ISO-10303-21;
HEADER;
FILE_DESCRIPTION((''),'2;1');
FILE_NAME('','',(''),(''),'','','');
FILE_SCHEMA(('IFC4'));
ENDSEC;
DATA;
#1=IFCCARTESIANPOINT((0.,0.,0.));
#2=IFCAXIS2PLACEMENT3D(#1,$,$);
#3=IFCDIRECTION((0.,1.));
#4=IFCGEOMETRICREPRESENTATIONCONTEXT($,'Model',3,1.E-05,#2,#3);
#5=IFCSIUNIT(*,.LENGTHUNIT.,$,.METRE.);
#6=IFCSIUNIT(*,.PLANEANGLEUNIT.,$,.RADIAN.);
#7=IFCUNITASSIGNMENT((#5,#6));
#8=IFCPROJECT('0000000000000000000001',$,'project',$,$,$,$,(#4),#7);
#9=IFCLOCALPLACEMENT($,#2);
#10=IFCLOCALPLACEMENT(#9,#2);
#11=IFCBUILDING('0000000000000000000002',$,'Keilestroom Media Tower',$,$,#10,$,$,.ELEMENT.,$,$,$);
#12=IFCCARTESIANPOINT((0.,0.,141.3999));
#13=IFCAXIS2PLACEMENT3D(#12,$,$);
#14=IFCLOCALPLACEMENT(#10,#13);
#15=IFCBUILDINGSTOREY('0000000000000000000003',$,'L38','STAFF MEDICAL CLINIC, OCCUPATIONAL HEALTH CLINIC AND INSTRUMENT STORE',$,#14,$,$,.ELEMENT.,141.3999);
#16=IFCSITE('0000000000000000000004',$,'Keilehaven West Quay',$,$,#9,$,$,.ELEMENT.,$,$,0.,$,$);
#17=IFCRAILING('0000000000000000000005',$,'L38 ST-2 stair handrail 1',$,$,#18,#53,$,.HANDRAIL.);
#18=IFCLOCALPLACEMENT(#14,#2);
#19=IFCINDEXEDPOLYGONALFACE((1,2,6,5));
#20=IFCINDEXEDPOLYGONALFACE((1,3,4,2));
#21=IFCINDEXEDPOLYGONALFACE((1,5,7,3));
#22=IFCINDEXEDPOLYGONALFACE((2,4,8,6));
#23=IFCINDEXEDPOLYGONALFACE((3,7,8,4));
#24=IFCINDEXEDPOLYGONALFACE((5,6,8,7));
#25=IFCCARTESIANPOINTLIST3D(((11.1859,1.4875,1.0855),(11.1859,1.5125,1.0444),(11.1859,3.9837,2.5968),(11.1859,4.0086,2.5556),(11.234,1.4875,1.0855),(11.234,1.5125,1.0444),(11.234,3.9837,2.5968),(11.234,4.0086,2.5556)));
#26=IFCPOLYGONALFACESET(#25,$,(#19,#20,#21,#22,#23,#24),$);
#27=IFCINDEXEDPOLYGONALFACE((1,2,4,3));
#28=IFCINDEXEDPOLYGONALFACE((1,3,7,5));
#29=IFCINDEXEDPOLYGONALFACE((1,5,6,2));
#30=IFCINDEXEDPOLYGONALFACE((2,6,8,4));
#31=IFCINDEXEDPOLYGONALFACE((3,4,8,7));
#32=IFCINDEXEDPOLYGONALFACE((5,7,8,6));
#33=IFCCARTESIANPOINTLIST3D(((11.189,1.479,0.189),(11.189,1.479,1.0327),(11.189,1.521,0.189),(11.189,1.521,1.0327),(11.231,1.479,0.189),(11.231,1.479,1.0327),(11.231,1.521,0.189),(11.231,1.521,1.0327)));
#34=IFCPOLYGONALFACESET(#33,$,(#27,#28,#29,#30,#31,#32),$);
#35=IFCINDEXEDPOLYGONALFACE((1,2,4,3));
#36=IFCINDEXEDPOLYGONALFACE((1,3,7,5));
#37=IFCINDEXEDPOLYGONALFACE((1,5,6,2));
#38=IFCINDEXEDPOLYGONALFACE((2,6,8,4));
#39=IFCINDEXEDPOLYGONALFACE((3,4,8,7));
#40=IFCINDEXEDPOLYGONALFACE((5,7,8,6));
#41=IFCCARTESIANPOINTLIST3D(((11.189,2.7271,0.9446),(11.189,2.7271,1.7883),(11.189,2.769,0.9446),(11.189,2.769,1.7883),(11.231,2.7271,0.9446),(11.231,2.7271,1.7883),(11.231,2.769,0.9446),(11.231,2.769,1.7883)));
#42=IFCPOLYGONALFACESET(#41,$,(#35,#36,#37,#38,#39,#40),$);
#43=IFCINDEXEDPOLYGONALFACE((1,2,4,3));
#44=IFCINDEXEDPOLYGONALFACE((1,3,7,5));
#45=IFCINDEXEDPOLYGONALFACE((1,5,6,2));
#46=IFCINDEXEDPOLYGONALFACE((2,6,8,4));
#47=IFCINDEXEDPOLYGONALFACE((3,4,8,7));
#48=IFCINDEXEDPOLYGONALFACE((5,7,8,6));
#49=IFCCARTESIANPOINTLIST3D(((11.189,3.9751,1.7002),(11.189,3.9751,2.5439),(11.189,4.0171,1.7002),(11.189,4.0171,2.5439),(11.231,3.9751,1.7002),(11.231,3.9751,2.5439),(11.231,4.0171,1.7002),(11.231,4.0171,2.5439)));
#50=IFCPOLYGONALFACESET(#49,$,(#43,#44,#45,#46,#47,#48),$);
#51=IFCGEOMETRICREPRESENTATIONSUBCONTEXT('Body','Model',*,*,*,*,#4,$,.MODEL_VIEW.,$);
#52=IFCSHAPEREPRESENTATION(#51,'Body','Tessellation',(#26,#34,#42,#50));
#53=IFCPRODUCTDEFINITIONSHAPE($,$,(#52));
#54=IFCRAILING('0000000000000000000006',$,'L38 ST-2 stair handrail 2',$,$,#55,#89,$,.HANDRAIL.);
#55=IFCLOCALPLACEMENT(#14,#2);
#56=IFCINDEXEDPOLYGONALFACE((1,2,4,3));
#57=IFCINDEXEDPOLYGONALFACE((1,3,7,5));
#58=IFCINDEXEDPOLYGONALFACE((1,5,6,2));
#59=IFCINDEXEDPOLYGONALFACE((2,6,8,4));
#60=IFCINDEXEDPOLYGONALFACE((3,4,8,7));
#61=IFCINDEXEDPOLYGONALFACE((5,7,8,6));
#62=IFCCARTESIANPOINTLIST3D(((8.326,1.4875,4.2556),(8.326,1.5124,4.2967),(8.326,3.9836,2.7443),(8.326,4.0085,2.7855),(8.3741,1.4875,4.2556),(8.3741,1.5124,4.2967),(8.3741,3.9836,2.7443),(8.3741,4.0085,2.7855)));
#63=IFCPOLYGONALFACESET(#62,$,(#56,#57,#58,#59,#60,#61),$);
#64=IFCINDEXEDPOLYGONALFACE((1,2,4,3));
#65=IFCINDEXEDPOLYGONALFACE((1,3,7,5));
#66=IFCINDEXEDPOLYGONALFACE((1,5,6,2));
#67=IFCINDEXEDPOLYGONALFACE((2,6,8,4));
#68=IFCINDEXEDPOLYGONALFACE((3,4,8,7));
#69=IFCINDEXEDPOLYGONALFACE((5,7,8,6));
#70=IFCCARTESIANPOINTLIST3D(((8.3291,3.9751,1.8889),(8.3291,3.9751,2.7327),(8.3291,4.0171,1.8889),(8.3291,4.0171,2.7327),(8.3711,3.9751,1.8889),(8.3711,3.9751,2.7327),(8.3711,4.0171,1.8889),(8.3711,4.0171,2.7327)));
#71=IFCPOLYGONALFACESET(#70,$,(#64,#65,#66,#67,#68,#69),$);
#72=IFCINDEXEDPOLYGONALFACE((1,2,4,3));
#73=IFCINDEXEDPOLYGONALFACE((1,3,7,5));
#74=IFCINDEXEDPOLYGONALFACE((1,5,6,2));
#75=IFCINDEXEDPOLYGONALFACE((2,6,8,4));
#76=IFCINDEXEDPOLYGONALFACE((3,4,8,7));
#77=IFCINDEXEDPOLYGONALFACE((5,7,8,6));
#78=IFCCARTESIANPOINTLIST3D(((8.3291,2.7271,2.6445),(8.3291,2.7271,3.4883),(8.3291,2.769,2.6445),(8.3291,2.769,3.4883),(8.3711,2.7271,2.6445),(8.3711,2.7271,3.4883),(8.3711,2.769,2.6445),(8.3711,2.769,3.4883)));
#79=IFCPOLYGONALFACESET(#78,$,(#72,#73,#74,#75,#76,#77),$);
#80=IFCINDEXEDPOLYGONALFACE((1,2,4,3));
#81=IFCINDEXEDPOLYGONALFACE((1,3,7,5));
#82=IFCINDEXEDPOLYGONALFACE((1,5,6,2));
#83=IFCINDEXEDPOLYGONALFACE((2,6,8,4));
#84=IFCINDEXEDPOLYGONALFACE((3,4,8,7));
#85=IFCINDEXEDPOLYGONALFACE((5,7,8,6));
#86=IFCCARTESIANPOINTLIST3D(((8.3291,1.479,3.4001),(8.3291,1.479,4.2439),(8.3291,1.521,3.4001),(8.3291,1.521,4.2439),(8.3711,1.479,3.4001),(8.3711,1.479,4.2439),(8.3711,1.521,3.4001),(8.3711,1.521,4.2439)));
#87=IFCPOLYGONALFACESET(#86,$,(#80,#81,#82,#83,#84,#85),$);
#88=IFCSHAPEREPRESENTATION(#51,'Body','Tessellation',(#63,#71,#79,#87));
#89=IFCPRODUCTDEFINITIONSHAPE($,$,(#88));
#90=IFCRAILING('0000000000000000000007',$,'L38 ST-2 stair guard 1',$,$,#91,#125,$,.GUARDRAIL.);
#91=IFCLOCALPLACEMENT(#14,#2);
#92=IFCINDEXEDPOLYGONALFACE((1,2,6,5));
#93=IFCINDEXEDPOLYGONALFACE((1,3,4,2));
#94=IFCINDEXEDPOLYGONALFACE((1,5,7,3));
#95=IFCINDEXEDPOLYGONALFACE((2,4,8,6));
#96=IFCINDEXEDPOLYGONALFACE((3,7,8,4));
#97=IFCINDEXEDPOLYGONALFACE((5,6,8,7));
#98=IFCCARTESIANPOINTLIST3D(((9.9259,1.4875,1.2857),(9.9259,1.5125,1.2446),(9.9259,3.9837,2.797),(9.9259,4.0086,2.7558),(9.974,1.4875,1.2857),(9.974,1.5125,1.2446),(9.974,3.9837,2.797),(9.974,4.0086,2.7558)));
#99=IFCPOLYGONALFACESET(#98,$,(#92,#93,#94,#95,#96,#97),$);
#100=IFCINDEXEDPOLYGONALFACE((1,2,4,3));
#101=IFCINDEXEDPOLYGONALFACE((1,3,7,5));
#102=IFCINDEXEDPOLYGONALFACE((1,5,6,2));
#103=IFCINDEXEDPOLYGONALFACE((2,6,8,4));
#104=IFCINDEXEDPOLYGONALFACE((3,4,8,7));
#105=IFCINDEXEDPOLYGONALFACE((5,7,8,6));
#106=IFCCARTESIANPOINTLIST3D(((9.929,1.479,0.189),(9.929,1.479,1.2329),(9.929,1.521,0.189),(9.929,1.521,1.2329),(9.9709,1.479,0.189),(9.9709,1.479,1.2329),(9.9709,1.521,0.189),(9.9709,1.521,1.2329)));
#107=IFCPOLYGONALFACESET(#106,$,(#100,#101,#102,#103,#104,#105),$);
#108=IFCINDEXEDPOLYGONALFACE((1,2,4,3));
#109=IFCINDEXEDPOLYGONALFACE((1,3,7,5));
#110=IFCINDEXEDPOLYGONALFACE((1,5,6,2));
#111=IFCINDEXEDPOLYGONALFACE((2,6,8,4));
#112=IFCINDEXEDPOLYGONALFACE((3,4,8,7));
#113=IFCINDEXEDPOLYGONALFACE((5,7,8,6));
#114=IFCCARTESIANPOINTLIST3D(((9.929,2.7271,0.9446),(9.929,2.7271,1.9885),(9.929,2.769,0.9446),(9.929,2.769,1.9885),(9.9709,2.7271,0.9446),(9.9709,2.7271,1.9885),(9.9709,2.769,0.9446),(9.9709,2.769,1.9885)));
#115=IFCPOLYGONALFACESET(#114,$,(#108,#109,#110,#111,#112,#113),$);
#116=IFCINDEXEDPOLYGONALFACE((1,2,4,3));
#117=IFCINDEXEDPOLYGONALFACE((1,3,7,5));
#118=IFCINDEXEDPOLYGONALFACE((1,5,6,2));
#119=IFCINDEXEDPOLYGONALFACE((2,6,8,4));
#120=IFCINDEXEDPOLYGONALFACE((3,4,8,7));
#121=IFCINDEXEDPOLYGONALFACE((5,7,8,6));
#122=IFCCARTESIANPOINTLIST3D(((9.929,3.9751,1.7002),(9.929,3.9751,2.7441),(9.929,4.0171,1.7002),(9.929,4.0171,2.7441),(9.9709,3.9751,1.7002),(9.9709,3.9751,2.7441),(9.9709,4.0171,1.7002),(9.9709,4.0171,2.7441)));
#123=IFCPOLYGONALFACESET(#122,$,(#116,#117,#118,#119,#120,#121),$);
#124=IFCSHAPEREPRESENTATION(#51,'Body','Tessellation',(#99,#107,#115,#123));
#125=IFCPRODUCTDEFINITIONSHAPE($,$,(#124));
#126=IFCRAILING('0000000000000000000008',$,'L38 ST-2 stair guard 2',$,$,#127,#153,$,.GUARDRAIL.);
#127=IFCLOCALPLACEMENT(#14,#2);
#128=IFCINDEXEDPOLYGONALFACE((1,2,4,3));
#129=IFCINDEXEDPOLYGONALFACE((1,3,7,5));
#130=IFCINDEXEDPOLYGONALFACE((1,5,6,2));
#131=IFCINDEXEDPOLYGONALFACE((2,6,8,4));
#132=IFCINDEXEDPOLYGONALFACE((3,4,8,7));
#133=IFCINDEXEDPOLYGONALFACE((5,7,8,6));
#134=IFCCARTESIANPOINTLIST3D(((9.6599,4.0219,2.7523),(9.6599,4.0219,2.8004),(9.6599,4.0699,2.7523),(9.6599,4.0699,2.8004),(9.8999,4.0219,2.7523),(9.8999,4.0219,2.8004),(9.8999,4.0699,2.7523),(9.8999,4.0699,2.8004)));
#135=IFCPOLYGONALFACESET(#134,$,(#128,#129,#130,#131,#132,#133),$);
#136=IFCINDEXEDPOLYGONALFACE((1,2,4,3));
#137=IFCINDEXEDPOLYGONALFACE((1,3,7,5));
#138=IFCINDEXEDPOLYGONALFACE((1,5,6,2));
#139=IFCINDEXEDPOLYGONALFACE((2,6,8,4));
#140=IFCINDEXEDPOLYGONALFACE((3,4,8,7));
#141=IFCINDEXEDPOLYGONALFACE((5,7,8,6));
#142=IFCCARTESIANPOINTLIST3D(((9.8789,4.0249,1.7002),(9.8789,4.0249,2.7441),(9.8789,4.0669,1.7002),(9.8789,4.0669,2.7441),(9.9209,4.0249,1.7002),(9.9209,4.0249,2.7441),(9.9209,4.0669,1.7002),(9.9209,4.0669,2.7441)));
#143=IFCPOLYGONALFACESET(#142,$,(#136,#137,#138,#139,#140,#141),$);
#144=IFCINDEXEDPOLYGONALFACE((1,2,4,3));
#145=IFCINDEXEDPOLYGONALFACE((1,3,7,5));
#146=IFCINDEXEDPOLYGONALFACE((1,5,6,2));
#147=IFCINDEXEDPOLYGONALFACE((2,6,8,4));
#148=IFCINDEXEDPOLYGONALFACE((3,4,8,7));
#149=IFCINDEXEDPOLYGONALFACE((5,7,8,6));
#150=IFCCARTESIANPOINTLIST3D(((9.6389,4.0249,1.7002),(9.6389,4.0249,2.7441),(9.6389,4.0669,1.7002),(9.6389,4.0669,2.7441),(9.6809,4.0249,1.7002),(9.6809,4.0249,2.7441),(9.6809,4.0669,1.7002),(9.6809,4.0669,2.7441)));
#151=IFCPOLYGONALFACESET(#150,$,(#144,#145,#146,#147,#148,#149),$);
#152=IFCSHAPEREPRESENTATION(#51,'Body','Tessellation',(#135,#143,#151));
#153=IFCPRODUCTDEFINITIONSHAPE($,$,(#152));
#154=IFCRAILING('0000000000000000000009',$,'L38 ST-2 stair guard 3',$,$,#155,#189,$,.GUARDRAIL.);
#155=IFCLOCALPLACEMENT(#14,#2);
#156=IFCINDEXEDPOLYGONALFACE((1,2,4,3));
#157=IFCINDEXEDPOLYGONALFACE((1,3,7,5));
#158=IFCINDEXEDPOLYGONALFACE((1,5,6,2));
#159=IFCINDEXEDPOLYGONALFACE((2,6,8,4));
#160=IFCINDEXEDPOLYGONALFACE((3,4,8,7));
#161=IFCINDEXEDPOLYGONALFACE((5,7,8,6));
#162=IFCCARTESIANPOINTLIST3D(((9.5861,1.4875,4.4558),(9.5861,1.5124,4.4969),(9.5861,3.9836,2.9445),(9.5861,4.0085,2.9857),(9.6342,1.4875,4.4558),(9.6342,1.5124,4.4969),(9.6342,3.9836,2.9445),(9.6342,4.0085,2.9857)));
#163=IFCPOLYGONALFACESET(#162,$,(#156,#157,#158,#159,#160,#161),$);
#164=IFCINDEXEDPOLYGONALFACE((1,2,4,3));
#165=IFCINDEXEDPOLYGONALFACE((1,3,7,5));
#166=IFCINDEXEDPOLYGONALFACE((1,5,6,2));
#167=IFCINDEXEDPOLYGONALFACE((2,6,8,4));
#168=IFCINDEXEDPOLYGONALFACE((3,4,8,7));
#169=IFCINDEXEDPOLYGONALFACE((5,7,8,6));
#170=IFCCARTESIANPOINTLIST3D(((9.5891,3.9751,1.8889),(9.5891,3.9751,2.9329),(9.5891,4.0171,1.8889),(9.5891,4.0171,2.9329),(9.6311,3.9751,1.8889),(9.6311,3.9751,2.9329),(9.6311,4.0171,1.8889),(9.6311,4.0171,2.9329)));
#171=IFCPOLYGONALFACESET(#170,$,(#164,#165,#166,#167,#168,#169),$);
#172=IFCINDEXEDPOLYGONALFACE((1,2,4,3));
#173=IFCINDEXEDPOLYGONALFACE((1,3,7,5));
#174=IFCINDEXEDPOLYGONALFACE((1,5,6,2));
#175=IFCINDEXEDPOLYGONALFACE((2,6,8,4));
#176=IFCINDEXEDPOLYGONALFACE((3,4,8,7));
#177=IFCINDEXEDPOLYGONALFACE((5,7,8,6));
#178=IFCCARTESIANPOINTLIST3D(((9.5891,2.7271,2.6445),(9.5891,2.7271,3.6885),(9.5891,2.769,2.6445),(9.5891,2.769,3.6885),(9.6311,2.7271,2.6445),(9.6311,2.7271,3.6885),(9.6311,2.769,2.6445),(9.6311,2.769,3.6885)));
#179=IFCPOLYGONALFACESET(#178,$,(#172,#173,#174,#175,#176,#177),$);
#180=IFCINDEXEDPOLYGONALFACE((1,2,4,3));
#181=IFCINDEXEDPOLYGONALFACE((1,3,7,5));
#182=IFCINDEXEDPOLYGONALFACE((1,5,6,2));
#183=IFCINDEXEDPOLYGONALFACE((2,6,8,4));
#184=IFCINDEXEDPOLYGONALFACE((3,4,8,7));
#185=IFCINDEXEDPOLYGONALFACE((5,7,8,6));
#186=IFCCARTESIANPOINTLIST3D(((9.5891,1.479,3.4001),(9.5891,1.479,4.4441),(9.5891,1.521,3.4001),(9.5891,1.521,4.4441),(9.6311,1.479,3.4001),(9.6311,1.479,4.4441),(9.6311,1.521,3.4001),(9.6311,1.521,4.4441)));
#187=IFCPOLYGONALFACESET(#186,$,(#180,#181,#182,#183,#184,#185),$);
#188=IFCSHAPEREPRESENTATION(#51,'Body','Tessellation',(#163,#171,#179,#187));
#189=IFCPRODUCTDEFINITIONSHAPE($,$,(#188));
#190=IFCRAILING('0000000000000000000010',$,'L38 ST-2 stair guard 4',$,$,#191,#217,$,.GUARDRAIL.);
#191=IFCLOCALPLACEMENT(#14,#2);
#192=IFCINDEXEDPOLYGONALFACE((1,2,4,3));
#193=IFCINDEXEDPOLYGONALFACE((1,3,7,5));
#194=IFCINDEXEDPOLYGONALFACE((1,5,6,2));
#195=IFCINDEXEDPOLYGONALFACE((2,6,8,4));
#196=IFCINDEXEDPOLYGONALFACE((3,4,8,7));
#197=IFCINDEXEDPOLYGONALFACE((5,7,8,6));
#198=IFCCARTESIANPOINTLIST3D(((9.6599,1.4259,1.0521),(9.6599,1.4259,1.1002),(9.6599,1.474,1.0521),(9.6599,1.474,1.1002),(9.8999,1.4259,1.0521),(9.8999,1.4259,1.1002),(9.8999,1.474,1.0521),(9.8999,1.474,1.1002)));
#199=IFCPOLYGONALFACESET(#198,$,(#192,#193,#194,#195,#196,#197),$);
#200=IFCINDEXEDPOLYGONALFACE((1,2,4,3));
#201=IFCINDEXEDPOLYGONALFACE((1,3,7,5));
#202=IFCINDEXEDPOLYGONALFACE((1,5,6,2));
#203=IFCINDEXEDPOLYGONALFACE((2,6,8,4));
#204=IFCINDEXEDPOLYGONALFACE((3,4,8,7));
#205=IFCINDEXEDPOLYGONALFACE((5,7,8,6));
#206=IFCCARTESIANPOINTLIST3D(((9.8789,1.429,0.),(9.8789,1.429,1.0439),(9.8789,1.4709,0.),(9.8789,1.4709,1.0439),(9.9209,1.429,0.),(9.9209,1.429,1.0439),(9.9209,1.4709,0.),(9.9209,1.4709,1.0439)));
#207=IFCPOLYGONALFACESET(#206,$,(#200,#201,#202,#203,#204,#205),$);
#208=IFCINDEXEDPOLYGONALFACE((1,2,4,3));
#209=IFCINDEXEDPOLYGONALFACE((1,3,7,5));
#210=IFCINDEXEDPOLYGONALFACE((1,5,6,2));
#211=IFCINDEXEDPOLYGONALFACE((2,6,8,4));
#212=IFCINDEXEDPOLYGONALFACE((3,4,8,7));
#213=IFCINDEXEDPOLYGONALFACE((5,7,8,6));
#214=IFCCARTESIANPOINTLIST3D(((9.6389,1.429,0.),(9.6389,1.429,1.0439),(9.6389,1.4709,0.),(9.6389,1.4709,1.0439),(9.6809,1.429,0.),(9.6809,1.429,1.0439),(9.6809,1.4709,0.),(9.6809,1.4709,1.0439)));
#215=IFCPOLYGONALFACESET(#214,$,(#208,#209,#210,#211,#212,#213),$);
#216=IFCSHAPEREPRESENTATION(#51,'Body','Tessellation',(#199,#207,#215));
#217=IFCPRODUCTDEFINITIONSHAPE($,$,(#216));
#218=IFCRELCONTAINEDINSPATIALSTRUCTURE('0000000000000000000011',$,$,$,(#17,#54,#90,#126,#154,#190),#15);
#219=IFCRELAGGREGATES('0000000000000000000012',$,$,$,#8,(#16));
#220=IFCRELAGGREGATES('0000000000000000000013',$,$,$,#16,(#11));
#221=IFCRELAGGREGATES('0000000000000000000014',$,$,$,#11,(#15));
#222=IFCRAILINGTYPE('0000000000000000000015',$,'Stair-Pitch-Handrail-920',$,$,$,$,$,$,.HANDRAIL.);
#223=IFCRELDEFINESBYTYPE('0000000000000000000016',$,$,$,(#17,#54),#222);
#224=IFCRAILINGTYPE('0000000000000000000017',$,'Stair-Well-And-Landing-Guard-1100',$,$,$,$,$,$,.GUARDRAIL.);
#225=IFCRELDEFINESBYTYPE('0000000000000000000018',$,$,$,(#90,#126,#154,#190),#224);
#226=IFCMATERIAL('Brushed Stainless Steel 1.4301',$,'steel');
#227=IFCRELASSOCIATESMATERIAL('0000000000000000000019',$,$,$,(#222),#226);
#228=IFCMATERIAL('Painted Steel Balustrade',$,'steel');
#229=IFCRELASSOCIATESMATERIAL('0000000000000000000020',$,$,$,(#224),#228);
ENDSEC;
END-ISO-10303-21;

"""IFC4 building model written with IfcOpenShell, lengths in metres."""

from ifc_helpers import new_model, si_unit, direction, frame, origin, origin_2d, place, context, subcontext, project, spatial, rectangle, extrude, material, type_object, element, save


model = new_model("IFC4")

# Units and contexts
model_context = context("Model", 3, precision=1e-05, world=origin(), true_north=direction((0.0, 1.0)))
body_context = subcontext(model_context, "Body", "Model", "MODEL_VIEW")
ifc_project = project(units=[si_unit("LENGTHUNIT", "METRE"), si_unit("PLANEANGLEUNIT", "RADIAN")], contexts=[model_context])

# Site, building, storey
site_placement = place(None, origin())
site = spatial("IfcSite", under=ifc_project, at=site_placement, Name="Keilehaven West Quay", CompositionType="ELEMENT", RefElevation=0.0)
building_placement = place(site_placement, origin())
building = spatial("IfcBuilding", under=site, at=building_placement, Name="Keilestroom Media Tower", CompositionType="ELEMENT")
storey_placement = place(building_placement, frame((0.0, 0.0, 141.3999)))
storey = spatial("IfcBuildingStorey", under=building, at=storey_placement, Name="L38", Description="STAFF MEDICAL CLINIC, OCCUPATIONAL HEALTH CLINIC AND INSTRUMENT STORE", CompositionType="ELEMENT", Elevation=141.3999)

# Railings
ifc_material_1 = material(Name="Brushed Stainless Steel 1.4301", Category="steel")
railing_type_1 = type_object("IfcRailingType", Name="Stair-Pitch-Handrail-920", PredefinedType="HANDRAIL", material=ifc_material_1)
railing_1_placement = place(storey_placement, frame((11.21, 1.5, 0.189)))
element("IfcRailing", 1, at=railing_1_placement, inside=storey, type_object=railing_type_1, Name="L38 ST-2 stair handrail 1", PredefinedType="HANDRAIL", context=body_context, shape_type="SweptSolid", body=[
    extrude(rectangle(XDim=0.0481, YDim=0.0481, at=origin_2d()), frame((0.0, 0.0, 0.876), z_axis=(0.0, 0.855434, 0.517912), x_axis=(-1.0, 0.0, 0.0)), (0.0, 0.0, 1.0), 2.918),
    extrude(rectangle(XDim=0.042, YDim=0.042, at=origin_2d()), origin(), (0.0, 0.0, 1.0), 0.8438),
    extrude(rectangle(XDim=0.042, YDim=0.042, at=origin_2d()), frame((0.0, 1.248, 0.7556)), (0.0, 0.0, 1.0), 0.8438),
    extrude(rectangle(XDim=0.042, YDim=0.042, at=origin_2d()), frame((0.0, 2.4961, 1.5112)), (0.0, 0.0, 1.0), 0.8438),
])
railing_2_placement = place(storey_placement, frame((8.3501, 3.9961, 1.8889)))
element("IfcRailing", 2, at=railing_2_placement, inside=storey, type_object=railing_type_1, Name="L38 ST-2 stair handrail 2", PredefinedType="HANDRAIL", context=body_context, shape_type="SweptSolid", body=[
    extrude(rectangle(XDim=0.0481, YDim=0.0481, at=origin_2d()), frame((0.0, 0.0, 0.876), z_axis=(0.0, -0.855434, 0.517912), x_axis=(1.0, 0.0, 0.0)), (0.0, 0.0, 1.0), 2.918),
    extrude(rectangle(XDim=0.042, YDim=0.042, at=origin_2d()), origin(), (0.0, 0.0, 1.0), 0.8438),
    extrude(rectangle(XDim=0.042, YDim=0.042, at=origin_2d()), frame((0.0, -1.248, 0.7556)), (0.0, 0.0, 1.0), 0.8438),
    extrude(rectangle(XDim=0.042, YDim=0.042, at=origin_2d()), frame((0.0, -2.4961, 1.5112)), (0.0, 0.0, 1.0), 0.8438),
])
ifc_material_2 = material(Name="Painted Steel Balustrade", Category="steel")
railing_type_2 = type_object("IfcRailingType", Name="Stair-Well-And-Landing-Guard-1100", PredefinedType="GUARDRAIL", material=ifc_material_2)
railing_3_placement = place(storey_placement, frame((9.95, 1.5, 0.189)))
element("IfcRailing", 3, at=railing_3_placement, inside=storey, type_object=railing_type_2, Name="L38 ST-2 stair guard 1", PredefinedType="GUARDRAIL", context=body_context, shape_type="SweptSolid", body=[
    extrude(rectangle(XDim=0.0481, YDim=0.0481, at=origin_2d()), frame((0.0, 0.0, 1.0762), z_axis=(0.0, 0.855434, 0.517912), x_axis=(-1.0, 0.0, 0.0)), (0.0, 0.0, 1.0), 2.918),
    extrude(rectangle(XDim=0.042, YDim=0.042, at=origin_2d()), origin(), (0.0, 0.0, 1.0), 1.0439),
    extrude(rectangle(XDim=0.042, YDim=0.042, at=origin_2d()), frame((0.0, 1.248, 0.7556)), (0.0, 0.0, 1.0), 1.0439),
    extrude(rectangle(XDim=0.042, YDim=0.042, at=origin_2d()), frame((0.0, 2.4961, 1.5112)), (0.0, 0.0, 1.0), 1.0439),
])
railing_4_placement = place(storey_placement, frame((9.8999, 4.0459, 1.7002)))
element("IfcRailing", 4, at=railing_4_placement, inside=storey, type_object=railing_type_2, Name="L38 ST-2 stair guard 2", PredefinedType="GUARDRAIL", context=body_context, shape_type="SweptSolid", body=[
    extrude(rectangle(XDim=0.0481, YDim=0.0481, at=origin_2d()), frame((0.0, 0.0, 1.0762), z_axis=(-1.0, 0.0, 0.0), x_axis=(0.0, -1.0, 0.0)), (0.0, 0.0, 1.0), 0.24),
    extrude(rectangle(XDim=0.042, YDim=0.042, at=origin_2d()), origin(), (0.0, 0.0, 1.0), 1.0439),
    extrude(rectangle(XDim=0.042, YDim=0.042, at=origin_2d()), frame((-0.24, 0.0, 0.0)), (0.0, 0.0, 1.0), 1.0439),
])
railing_5_placement = place(storey_placement, frame((9.6101, 3.9961, 1.8889)))
element("IfcRailing", 5, at=railing_5_placement, inside=storey, type_object=railing_type_2, Name="L38 ST-2 stair guard 3", PredefinedType="GUARDRAIL", context=body_context, shape_type="SweptSolid", body=[
    extrude(rectangle(XDim=0.0481, YDim=0.0481, at=origin_2d()), frame((0.0, 0.0, 1.0762), z_axis=(0.0, -0.855434, 0.517912), x_axis=(1.0, 0.0, 0.0)), (0.0, 0.0, 1.0), 2.918),
    extrude(rectangle(XDim=0.042, YDim=0.042, at=origin_2d()), origin(), (0.0, 0.0, 1.0), 1.0439),
    extrude(rectangle(XDim=0.042, YDim=0.042, at=origin_2d()), frame((0.0, -1.248, 0.7556)), (0.0, 0.0, 1.0), 1.0439),
    extrude(rectangle(XDim=0.042, YDim=0.042, at=origin_2d()), frame((0.0, -2.4961, 1.5112)), (0.0, 0.0, 1.0), 1.0439),
])
railing_6_placement = place(storey_placement, frame((9.8999, 1.45, 0.0)))
element("IfcRailing", 6, at=railing_6_placement, inside=storey, type_object=railing_type_2, Name="L38 ST-2 stair guard 4", PredefinedType="GUARDRAIL", context=body_context, shape_type="SweptSolid", body=[
    extrude(rectangle(XDim=0.0481, YDim=0.0481, at=origin_2d()), frame((0.0, 0.0, 1.0762), z_axis=(-1.0, 0.0, 0.0), x_axis=(0.0, -1.0, 0.0)), (0.0, 0.0, 1.0), 0.24),
    extrude(rectangle(XDim=0.042, YDim=0.042, at=origin_2d()), origin(), (0.0, 0.0, 1.0), 1.0439),
    extrude(rectangle(XDim=0.042, YDim=0.042, at=origin_2d()), frame((-0.24, 0.0, 0.0)), (0.0, 0.0, 1.0), 1.0439),
])

save(model, "model.ifc")
